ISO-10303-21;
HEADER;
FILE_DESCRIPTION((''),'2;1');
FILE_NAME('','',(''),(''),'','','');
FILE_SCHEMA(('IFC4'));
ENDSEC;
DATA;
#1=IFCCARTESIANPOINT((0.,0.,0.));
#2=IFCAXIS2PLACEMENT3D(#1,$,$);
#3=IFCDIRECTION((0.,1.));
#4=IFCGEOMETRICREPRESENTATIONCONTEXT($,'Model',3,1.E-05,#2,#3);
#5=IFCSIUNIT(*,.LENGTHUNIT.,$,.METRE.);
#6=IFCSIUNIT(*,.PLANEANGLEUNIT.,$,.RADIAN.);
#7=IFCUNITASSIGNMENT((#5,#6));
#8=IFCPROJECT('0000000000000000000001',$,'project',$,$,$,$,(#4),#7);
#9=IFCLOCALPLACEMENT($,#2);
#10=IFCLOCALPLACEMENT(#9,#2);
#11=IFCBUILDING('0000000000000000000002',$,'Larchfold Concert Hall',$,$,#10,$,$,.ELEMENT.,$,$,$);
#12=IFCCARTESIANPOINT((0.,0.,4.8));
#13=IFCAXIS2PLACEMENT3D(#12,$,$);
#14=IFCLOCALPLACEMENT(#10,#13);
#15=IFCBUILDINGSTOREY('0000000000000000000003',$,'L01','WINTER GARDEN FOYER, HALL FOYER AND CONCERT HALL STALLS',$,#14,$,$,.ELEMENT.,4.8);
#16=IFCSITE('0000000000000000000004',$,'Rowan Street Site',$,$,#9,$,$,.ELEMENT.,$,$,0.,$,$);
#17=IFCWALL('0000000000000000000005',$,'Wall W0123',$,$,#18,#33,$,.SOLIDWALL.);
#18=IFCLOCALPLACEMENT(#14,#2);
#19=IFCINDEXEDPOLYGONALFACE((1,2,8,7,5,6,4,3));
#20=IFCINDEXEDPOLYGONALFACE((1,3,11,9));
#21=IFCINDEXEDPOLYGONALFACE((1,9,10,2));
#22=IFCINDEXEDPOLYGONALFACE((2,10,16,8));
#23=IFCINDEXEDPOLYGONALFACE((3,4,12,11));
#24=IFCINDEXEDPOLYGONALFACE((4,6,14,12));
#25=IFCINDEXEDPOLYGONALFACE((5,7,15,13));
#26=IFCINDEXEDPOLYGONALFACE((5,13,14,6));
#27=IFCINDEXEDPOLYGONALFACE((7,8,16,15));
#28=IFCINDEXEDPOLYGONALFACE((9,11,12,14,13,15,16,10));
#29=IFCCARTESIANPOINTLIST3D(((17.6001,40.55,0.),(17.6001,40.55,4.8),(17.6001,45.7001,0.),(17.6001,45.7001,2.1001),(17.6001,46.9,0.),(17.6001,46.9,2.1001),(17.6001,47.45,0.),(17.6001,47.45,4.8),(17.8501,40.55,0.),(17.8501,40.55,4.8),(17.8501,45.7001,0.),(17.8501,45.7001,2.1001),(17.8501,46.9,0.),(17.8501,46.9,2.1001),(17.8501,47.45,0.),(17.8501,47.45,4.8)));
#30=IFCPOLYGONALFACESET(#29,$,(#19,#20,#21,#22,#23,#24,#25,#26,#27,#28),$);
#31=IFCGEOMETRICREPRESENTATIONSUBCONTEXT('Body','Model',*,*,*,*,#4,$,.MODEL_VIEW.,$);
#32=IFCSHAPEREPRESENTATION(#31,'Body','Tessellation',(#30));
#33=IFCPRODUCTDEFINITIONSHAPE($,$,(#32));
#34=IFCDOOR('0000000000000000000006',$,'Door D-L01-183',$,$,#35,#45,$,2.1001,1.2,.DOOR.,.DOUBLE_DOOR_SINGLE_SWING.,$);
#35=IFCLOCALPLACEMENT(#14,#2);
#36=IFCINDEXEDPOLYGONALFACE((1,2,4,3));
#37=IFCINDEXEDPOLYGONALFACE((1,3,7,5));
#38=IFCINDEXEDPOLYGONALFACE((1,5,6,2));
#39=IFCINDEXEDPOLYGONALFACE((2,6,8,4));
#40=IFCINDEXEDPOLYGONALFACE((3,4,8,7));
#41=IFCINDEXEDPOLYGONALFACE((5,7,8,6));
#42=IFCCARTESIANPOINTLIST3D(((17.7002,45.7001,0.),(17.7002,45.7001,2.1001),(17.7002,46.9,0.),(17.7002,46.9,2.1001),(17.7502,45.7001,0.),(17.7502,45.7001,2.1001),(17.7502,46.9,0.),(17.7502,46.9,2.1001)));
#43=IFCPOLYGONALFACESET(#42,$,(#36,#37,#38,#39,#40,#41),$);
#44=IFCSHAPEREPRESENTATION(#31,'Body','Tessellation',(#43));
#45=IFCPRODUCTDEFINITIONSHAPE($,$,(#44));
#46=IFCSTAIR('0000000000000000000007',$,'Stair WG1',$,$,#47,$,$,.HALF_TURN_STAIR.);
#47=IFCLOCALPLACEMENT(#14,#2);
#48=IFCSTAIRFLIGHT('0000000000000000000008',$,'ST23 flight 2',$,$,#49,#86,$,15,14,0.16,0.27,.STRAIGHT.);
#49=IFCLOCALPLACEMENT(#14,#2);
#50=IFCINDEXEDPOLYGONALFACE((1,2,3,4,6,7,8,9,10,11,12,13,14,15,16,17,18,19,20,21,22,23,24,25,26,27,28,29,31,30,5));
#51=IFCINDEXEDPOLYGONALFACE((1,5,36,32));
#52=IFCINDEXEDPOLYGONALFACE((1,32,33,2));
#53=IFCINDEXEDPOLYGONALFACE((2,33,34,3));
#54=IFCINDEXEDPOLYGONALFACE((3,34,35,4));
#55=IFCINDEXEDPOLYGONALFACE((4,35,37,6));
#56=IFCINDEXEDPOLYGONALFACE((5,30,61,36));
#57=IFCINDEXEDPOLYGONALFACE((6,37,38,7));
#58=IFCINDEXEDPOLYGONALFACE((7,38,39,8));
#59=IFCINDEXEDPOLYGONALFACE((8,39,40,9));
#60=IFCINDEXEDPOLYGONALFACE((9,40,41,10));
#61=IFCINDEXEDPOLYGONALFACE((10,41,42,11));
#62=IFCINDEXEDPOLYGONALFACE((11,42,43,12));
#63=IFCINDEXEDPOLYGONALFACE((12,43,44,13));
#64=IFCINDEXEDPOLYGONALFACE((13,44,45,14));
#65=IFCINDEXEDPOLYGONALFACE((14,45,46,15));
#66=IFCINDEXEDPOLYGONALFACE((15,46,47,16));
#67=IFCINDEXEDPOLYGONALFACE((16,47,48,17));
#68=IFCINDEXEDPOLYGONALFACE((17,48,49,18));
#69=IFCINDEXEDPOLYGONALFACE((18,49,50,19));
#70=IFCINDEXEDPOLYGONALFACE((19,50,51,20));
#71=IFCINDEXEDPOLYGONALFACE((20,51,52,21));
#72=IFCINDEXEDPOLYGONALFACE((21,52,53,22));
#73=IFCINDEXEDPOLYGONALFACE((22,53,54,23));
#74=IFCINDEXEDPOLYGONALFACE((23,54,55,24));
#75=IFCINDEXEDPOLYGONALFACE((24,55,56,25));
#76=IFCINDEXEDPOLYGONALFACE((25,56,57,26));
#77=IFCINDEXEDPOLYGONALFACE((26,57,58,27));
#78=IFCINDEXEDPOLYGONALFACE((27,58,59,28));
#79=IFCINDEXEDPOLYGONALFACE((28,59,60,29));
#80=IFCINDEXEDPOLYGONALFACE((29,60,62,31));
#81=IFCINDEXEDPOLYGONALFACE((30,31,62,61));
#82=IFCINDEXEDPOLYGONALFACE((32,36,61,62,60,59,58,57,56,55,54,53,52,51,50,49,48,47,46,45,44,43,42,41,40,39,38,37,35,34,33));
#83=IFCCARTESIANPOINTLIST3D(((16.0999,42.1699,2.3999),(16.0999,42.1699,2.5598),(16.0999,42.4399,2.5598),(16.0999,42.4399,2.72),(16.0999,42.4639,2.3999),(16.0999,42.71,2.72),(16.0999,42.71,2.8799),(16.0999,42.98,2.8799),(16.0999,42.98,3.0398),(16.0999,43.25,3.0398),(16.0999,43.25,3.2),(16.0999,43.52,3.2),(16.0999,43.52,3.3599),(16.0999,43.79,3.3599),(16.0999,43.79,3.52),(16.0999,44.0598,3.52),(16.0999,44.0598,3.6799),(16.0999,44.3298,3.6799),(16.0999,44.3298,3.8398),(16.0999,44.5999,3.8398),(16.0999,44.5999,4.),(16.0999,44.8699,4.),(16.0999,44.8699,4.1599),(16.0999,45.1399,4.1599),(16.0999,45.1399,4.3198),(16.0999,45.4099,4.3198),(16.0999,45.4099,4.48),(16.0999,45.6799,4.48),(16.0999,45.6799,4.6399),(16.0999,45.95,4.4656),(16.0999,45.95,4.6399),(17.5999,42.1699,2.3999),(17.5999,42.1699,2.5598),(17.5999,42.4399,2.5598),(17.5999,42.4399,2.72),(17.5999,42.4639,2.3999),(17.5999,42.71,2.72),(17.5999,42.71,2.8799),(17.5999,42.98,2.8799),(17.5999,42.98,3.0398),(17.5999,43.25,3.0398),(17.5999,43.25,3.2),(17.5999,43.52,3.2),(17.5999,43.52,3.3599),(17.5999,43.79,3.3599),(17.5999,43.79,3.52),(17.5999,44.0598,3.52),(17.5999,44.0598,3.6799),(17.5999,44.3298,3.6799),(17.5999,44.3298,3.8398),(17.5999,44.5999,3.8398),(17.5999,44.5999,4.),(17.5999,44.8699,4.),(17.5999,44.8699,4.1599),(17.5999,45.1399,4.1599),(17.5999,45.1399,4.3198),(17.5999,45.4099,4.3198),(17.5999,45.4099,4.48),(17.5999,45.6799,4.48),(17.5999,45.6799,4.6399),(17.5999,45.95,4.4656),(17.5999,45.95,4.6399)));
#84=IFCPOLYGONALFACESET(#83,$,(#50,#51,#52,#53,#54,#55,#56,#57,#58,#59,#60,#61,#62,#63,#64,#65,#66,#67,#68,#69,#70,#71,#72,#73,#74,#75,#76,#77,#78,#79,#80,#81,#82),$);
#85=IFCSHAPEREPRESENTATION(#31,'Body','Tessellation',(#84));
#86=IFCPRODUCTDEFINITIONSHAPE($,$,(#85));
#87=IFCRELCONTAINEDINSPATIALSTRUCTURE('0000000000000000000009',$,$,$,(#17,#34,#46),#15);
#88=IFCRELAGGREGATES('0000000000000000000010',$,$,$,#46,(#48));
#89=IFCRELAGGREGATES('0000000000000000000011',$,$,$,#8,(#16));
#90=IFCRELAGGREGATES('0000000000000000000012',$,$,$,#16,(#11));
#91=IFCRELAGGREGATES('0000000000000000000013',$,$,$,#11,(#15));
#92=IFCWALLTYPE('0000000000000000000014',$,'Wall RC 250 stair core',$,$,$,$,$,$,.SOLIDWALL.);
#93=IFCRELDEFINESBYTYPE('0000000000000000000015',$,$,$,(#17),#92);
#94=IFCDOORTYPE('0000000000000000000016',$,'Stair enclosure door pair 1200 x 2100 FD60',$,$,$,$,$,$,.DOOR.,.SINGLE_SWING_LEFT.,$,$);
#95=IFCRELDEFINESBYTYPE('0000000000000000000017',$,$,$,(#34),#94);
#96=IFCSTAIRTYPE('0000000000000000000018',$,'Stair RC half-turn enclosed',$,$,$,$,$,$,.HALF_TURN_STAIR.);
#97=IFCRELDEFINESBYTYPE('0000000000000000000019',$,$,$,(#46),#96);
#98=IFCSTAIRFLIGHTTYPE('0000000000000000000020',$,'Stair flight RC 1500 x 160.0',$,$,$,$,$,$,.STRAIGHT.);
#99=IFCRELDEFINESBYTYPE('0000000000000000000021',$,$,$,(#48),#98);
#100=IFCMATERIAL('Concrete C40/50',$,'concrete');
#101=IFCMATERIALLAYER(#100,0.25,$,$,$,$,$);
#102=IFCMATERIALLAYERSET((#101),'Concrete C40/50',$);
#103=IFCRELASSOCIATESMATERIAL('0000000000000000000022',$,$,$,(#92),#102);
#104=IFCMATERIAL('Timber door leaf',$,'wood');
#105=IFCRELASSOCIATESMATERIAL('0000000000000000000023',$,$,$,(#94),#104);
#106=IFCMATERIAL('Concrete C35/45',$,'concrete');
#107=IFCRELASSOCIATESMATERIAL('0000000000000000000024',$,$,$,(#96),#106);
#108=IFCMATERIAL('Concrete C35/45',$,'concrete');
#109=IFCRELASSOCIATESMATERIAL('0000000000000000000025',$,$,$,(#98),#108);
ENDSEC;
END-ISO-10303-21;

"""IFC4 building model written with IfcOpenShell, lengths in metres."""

from ifc_helpers import new_model, si_unit, direction, frame, frame_2d, origin, place, context, subcontext, project, spatial, polyline, rectangle, outline, extrude, material, layer, layer_set, type_object, element, fill, aggregate, save


model = new_model("IFC4")

# Units and contexts
model_context = context("Model", 3, precision=1e-05, world=origin(), true_north=direction((0.0, 1.0)))
body_context = subcontext(model_context, "Body", "Model", "MODEL_VIEW")
ifc_project = project(units=[si_unit("LENGTHUNIT", "METRE"), si_unit("PLANEANGLEUNIT", "RADIAN")], contexts=[model_context])

# Site, building, storey
site_placement = place(None, origin())
site = spatial("IfcSite", under=ifc_project, at=site_placement, Name="Rowan Street Site", CompositionType="ELEMENT", RefElevation=0.0)
building_placement = place(site_placement, origin())
building = spatial("IfcBuilding", under=site, at=building_placement, Name="Larchfold Concert Hall", CompositionType="ELEMENT")
storey_placement = place(building_placement, frame((0.0, 0.0, 4.8)))
storey = spatial("IfcBuildingStorey", under=building, at=storey_placement, Name="L01", Description="WINTER GARDEN FOYER, HALL FOYER AND CONCERT HALL STALLS", CompositionType="ELEMENT", Elevation=4.8)

# Wall, opening, door
ifc_material_1 = material(Name="Concrete C40/50", Category="concrete")
ifc_layer_1 = layer(ifc_material_1, 0.25)
ifc_layer_set_1 = layer_set([ifc_layer_1], Name="Concrete C40/50")
wall_type = type_object("IfcWallType", Name="Wall RC 250 stair core", PredefinedType="SOLIDWALL", material=ifc_layer_set_1)
wall_placement = place(storey_placement, frame((17.7251, 40.55, 0.0), z_axis=(0.0, 0.0, 1.0), x_axis=(0.0, 1.0, 0.0)))
wall = element("IfcWall", 1, at=wall_placement, inside=storey, type_object=wall_type, Name="Wall W0123", PredefinedType="SOLIDWALL", context=body_context, shape_type="SweptSolid", body=[
    extrude(rectangle(XDim=6.8999, YDim=0.25, at=frame_2d((3.45, 0.0))), origin(), (0.0, 0.0, 1.0), 4.8),
])
opening_placement = place(wall_placement, frame((5.1499, 0.0, 0.0)))
opening = element("IfcOpeningElement", 2, at=opening_placement, cuts=wall, PredefinedType="OPENING", context=body_context, shape_type="SweptSolid", body=[
    extrude(rectangle(XDim=1.2, YDim=2.1001, at=frame_2d((0.6001, 1.05))), frame((0.0, 0.135, 0.0), z_axis=(0.0, -1.0, 0.0), x_axis=(1.0, 0.0, 0.0)), (0.0, 0.0, 1.0), 0.27),
])
ifc_material_2 = material(Name="Timber door leaf", Category="wood")
door_type = type_object("IfcDoorType", Name="Stair enclosure door pair 1200 x 2100 FD60", OperationType="SINGLE_SWING_LEFT", PredefinedType="DOOR", material=ifc_material_2)
door_placement = place(opening_placement, origin())
door = element("IfcDoor", 3, at=door_placement, inside=storey, type_object=door_type, Name="Door D-L01-183", OperationType="DOUBLE_DOOR_SINGLE_SWING", OverallHeight=2.1001, OverallWidth=1.2, PredefinedType="DOOR", context=body_context, shape_type="SweptSolid", body=[
    extrude(rectangle(XDim=1.2, YDim=2.1001, at=frame_2d((0.6001, 1.05))), frame((0.0, 0.0249, 0.0), z_axis=(0.0, -1.0, 0.0), x_axis=(1.0, 0.0, 0.0)), (0.0, 0.0, 1.0), 0.05),
])
fill(opening, door)

# Stair, stair flight
ifc_material_3 = material(Name="Concrete C35/45", Category="concrete")
stair_type = type_object("IfcStairType", Name="Stair RC half-turn enclosed", PredefinedType="HALF_TURN_STAIR", material=ifc_material_3)
stair_placement = place(storey_placement, origin())
stair = element("IfcStair", 4, at=stair_placement, inside=storey, type_object=stair_type, Name="Stair WG1", PredefinedType="HALF_TURN_STAIR")
ifc_material_4 = material(Name="Concrete C35/45", Category="concrete")
stair_flight_type = type_object("IfcStairFlightType", Name="Stair flight RC 1500 x 160.0", PredefinedType="STRAIGHT", material=ifc_material_4)
stair_flight_placement = place(storey_placement, frame((16.8499, 42.1699, 2.3999), z_axis=(0.0, 0.0, 1.0), x_axis=(0.0, 1.0, 0.0)))
stair_flight = element("IfcStairFlight", 5, at=stair_flight_placement, type_object=stair_flight_type, Name="ST23 flight 2", NumberOfRisers=15, NumberOfTreads=14, PredefinedType="STRAIGHT", RiserHeight=0.16, TreadLength=0.27, context=body_context, shape_type="SweptSolid", body=[
    extrude(outline(polyline([(0.0, 0.0), (0.0, 0.1599), (0.27, 0.1599), (0.27, 0.3201), (0.54, 0.3201), (0.54, 0.48), (0.8101, 0.48), (0.8101, 0.6399), (1.0801, 0.6399), (1.0801, 0.8), (1.3501, 0.8), (1.3501, 0.96), (1.6201, 0.96), (1.6201, 1.1201), (1.8899, 1.1201), (1.8899, 1.28), (2.1599, 1.28), (2.1599, 1.4399), (2.4299, 1.4399), (2.4299, 1.6001), (2.7, 1.6001), (2.7, 1.76), (2.97, 1.76), (2.97, 1.9199), (3.24, 1.9199), (3.24, 2.0801), (3.51, 2.0801), (3.51, 2.24), (3.78, 2.24), (3.78, 2.3999), (3.78, 2.0657), (0.2939, 0.0), (0.0, 0.0)])), frame((0.0, 0.75, 0.0), z_axis=(0.0, -1.0, 0.0), x_axis=(1.0, 0.0, 0.0)), (0.0, 0.0, 1.0), 1.5),
])
aggregate(stair, [stair_flight])

save(model, "model.ifc")
